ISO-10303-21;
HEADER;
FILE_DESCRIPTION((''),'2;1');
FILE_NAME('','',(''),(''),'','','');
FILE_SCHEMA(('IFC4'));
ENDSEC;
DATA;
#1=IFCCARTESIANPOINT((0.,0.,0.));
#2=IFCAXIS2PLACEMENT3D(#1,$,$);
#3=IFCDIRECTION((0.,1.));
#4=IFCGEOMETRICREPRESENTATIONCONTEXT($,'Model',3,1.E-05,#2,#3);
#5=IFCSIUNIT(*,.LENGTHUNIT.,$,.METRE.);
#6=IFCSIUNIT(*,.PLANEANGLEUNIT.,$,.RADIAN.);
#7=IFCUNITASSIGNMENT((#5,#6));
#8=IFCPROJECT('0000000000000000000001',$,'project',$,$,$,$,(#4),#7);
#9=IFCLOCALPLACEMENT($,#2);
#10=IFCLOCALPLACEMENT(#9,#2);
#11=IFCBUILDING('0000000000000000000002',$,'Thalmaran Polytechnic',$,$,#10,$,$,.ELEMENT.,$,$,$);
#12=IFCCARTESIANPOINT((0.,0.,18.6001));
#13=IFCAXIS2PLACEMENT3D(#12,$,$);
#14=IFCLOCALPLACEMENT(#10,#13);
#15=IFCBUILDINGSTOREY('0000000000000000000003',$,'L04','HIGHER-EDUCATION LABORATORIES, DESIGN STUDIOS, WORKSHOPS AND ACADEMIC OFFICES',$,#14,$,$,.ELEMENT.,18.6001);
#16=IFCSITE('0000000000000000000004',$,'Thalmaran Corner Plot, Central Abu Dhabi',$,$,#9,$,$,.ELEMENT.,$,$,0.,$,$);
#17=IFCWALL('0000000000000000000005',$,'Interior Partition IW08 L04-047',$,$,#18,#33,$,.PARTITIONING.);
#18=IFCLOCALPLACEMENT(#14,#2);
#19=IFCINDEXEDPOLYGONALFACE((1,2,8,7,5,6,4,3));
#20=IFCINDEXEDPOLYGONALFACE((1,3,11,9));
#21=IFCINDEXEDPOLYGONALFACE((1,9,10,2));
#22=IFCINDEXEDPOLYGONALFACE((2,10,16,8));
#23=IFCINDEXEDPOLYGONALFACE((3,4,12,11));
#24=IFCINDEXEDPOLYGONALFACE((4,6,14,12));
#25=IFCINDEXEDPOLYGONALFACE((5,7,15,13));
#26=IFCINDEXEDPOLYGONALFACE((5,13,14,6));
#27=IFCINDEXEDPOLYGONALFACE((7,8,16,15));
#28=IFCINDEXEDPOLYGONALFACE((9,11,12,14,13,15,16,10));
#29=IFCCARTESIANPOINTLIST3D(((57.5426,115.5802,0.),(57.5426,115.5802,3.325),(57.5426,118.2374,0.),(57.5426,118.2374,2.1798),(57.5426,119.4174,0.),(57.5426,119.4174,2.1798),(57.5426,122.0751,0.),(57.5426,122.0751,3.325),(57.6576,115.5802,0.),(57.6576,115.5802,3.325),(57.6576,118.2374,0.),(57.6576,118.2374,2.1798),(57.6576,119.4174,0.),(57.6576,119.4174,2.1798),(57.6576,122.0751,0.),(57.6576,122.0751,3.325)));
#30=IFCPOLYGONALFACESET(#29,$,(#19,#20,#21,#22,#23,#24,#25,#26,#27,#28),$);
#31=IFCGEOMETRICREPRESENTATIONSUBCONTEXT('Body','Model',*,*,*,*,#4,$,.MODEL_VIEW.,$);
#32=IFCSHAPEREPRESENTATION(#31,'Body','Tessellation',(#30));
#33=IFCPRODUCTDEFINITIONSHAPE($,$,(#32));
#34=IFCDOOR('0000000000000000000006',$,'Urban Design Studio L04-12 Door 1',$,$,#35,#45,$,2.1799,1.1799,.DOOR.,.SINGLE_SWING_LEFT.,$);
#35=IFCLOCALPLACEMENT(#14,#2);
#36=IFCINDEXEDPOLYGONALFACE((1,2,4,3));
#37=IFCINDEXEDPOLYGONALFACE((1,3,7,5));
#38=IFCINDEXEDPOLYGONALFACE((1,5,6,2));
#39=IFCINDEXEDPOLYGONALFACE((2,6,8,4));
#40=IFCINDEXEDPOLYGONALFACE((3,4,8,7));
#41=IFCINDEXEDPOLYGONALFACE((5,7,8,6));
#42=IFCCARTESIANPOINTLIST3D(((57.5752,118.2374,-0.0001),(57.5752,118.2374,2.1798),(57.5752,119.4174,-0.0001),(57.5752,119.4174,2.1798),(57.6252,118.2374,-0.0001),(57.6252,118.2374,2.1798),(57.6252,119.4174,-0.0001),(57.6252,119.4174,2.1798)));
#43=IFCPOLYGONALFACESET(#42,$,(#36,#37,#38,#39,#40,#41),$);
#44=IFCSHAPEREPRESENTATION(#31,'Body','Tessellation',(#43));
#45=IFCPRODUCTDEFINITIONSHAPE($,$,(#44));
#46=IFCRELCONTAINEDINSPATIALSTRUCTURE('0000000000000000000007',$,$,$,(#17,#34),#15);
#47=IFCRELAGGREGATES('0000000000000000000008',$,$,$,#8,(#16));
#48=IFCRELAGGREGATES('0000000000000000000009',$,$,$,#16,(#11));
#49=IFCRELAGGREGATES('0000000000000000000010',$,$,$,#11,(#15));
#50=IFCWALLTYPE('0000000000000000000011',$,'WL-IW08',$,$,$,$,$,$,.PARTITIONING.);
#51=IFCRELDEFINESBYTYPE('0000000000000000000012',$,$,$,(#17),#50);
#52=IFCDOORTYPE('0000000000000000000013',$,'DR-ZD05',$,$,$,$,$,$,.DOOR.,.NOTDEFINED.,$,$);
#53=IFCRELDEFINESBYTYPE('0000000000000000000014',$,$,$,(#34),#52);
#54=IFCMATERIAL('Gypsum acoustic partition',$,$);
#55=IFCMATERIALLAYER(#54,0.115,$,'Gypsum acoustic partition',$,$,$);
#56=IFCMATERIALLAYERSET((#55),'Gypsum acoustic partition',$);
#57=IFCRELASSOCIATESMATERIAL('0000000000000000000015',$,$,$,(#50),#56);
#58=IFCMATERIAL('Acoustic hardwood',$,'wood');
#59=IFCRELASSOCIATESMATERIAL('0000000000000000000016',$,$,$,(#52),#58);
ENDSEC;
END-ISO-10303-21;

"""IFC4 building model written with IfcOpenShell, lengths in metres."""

from ifc_helpers import new_model, si_unit, direction, frame, frame_2d, origin, place, context, subcontext, project, spatial, rectangle, extrude, material, layer, layer_set, type_object, element, fill, save


model = new_model("IFC4")

# Units and contexts
model_context = context("Model", 3, precision=1e-05, world=origin(), true_north=direction((0.0, 1.0)))
body_context = subcontext(model_context, "Body", "Model", "MODEL_VIEW")
ifc_project = project(units=[si_unit("LENGTHUNIT", "METRE"), si_unit("PLANEANGLEUNIT", "RADIAN")], contexts=[model_context])

# Site, building, storey
site_placement = place(None, origin())
site = spatial("IfcSite", under=ifc_project, at=site_placement, Name="Thalmaran Corner Plot, Central Abu Dhabi", CompositionType="ELEMENT", RefElevation=0.0)
building_placement = place(site_placement, origin())
building = spatial("IfcBuilding", under=site, at=building_placement, Name="Thalmaran Polytechnic", CompositionType="ELEMENT")
storey_placement = place(building_placement, frame((0.0, 0.0, 18.6001)))
storey = spatial("IfcBuildingStorey", under=building, at=storey_placement, Name="L04", Description="HIGHER-EDUCATION LABORATORIES, DESIGN STUDIOS, WORKSHOPS AND ACADEMIC OFFICES", CompositionType="ELEMENT", Elevation=18.6001)

# Shared definitions
ifc_material_1 = material(Name="Gypsum acoustic partition")

# Wall, opening, door
ifc_layer_1 = layer(ifc_material_1, 0.115, Name="Gypsum acoustic partition")
ifc_layer_set_1 = layer_set([ifc_layer_1], Name="Gypsum acoustic partition")
wall_type_1 = type_object("IfcWallType", Name="WL-IW08", PredefinedType="PARTITIONING", material=ifc_layer_set_1)
wall_1_placement = place(storey_placement, frame((57.6001, 115.5801, 0.0), z_axis=(0.0, 0.0, 1.0), x_axis=(0.0, 1.0, 0.0)))
wall_1 = element("IfcWall", 1, at=wall_1_placement, inside=storey, type_object=wall_type_1, Name="Interior Partition IW08 L04-047", PredefinedType="PARTITIONING", context=body_context, shape_type="SweptSolid", body=[
    extrude(rectangle(XDim=6.4949, YDim=0.115, at=frame_2d((3.2476, 0.0))), origin(), (0.0, 0.0, 1.0), 3.325),
])
opening_1_placement = place(wall_1_placement, frame((2.6575, 0.0, 0.0)))
opening_1 = element("IfcOpeningElement", 2, at=opening_1_placement, cuts=wall_1, PredefinedType="OPENING", context=body_context, shape_type="SweptSolid", body=[
    extrude(rectangle(XDim=1.1799, YDim=2.1799, at=frame_2d((0.5898, 1.0898))), frame((0.0, 0.0674, 0.0), z_axis=(0.0, -1.0, 0.0), x_axis=(1.0, 0.0, 0.0)), (0.0, 0.0, 1.0), 0.135),
])
ifc_material_2 = material(Name="Acoustic hardwood", Category="wood")
door_type = type_object("IfcDoorType", Name="DR-ZD05", OperationType="NOTDEFINED", PredefinedType="DOOR", material=ifc_material_2)
door_placement = place(opening_1_placement, origin())
door = element("IfcDoor", 3, at=door_placement, inside=storey, type_object=door_type, Name="Urban Design Studio L04-12 Door 1", OperationType="SINGLE_SWING_LEFT", OverallHeight=2.1799, OverallWidth=1.1799, PredefinedType="DOOR", context=body_context, shape_type="SweptSolid", body=[
    extrude(rectangle(XDim=1.1799, YDim=2.1799, at=frame_2d((0.5898, 1.0898))), frame((0.0, 0.0249, 0.0), z_axis=(0.0, -1.0, 0.0), x_axis=(1.0, 0.0, 0.0)), (0.0, 0.0, 1.0), 0.05),
])
fill(opening_1, door)

save(model, "model.ifc")
